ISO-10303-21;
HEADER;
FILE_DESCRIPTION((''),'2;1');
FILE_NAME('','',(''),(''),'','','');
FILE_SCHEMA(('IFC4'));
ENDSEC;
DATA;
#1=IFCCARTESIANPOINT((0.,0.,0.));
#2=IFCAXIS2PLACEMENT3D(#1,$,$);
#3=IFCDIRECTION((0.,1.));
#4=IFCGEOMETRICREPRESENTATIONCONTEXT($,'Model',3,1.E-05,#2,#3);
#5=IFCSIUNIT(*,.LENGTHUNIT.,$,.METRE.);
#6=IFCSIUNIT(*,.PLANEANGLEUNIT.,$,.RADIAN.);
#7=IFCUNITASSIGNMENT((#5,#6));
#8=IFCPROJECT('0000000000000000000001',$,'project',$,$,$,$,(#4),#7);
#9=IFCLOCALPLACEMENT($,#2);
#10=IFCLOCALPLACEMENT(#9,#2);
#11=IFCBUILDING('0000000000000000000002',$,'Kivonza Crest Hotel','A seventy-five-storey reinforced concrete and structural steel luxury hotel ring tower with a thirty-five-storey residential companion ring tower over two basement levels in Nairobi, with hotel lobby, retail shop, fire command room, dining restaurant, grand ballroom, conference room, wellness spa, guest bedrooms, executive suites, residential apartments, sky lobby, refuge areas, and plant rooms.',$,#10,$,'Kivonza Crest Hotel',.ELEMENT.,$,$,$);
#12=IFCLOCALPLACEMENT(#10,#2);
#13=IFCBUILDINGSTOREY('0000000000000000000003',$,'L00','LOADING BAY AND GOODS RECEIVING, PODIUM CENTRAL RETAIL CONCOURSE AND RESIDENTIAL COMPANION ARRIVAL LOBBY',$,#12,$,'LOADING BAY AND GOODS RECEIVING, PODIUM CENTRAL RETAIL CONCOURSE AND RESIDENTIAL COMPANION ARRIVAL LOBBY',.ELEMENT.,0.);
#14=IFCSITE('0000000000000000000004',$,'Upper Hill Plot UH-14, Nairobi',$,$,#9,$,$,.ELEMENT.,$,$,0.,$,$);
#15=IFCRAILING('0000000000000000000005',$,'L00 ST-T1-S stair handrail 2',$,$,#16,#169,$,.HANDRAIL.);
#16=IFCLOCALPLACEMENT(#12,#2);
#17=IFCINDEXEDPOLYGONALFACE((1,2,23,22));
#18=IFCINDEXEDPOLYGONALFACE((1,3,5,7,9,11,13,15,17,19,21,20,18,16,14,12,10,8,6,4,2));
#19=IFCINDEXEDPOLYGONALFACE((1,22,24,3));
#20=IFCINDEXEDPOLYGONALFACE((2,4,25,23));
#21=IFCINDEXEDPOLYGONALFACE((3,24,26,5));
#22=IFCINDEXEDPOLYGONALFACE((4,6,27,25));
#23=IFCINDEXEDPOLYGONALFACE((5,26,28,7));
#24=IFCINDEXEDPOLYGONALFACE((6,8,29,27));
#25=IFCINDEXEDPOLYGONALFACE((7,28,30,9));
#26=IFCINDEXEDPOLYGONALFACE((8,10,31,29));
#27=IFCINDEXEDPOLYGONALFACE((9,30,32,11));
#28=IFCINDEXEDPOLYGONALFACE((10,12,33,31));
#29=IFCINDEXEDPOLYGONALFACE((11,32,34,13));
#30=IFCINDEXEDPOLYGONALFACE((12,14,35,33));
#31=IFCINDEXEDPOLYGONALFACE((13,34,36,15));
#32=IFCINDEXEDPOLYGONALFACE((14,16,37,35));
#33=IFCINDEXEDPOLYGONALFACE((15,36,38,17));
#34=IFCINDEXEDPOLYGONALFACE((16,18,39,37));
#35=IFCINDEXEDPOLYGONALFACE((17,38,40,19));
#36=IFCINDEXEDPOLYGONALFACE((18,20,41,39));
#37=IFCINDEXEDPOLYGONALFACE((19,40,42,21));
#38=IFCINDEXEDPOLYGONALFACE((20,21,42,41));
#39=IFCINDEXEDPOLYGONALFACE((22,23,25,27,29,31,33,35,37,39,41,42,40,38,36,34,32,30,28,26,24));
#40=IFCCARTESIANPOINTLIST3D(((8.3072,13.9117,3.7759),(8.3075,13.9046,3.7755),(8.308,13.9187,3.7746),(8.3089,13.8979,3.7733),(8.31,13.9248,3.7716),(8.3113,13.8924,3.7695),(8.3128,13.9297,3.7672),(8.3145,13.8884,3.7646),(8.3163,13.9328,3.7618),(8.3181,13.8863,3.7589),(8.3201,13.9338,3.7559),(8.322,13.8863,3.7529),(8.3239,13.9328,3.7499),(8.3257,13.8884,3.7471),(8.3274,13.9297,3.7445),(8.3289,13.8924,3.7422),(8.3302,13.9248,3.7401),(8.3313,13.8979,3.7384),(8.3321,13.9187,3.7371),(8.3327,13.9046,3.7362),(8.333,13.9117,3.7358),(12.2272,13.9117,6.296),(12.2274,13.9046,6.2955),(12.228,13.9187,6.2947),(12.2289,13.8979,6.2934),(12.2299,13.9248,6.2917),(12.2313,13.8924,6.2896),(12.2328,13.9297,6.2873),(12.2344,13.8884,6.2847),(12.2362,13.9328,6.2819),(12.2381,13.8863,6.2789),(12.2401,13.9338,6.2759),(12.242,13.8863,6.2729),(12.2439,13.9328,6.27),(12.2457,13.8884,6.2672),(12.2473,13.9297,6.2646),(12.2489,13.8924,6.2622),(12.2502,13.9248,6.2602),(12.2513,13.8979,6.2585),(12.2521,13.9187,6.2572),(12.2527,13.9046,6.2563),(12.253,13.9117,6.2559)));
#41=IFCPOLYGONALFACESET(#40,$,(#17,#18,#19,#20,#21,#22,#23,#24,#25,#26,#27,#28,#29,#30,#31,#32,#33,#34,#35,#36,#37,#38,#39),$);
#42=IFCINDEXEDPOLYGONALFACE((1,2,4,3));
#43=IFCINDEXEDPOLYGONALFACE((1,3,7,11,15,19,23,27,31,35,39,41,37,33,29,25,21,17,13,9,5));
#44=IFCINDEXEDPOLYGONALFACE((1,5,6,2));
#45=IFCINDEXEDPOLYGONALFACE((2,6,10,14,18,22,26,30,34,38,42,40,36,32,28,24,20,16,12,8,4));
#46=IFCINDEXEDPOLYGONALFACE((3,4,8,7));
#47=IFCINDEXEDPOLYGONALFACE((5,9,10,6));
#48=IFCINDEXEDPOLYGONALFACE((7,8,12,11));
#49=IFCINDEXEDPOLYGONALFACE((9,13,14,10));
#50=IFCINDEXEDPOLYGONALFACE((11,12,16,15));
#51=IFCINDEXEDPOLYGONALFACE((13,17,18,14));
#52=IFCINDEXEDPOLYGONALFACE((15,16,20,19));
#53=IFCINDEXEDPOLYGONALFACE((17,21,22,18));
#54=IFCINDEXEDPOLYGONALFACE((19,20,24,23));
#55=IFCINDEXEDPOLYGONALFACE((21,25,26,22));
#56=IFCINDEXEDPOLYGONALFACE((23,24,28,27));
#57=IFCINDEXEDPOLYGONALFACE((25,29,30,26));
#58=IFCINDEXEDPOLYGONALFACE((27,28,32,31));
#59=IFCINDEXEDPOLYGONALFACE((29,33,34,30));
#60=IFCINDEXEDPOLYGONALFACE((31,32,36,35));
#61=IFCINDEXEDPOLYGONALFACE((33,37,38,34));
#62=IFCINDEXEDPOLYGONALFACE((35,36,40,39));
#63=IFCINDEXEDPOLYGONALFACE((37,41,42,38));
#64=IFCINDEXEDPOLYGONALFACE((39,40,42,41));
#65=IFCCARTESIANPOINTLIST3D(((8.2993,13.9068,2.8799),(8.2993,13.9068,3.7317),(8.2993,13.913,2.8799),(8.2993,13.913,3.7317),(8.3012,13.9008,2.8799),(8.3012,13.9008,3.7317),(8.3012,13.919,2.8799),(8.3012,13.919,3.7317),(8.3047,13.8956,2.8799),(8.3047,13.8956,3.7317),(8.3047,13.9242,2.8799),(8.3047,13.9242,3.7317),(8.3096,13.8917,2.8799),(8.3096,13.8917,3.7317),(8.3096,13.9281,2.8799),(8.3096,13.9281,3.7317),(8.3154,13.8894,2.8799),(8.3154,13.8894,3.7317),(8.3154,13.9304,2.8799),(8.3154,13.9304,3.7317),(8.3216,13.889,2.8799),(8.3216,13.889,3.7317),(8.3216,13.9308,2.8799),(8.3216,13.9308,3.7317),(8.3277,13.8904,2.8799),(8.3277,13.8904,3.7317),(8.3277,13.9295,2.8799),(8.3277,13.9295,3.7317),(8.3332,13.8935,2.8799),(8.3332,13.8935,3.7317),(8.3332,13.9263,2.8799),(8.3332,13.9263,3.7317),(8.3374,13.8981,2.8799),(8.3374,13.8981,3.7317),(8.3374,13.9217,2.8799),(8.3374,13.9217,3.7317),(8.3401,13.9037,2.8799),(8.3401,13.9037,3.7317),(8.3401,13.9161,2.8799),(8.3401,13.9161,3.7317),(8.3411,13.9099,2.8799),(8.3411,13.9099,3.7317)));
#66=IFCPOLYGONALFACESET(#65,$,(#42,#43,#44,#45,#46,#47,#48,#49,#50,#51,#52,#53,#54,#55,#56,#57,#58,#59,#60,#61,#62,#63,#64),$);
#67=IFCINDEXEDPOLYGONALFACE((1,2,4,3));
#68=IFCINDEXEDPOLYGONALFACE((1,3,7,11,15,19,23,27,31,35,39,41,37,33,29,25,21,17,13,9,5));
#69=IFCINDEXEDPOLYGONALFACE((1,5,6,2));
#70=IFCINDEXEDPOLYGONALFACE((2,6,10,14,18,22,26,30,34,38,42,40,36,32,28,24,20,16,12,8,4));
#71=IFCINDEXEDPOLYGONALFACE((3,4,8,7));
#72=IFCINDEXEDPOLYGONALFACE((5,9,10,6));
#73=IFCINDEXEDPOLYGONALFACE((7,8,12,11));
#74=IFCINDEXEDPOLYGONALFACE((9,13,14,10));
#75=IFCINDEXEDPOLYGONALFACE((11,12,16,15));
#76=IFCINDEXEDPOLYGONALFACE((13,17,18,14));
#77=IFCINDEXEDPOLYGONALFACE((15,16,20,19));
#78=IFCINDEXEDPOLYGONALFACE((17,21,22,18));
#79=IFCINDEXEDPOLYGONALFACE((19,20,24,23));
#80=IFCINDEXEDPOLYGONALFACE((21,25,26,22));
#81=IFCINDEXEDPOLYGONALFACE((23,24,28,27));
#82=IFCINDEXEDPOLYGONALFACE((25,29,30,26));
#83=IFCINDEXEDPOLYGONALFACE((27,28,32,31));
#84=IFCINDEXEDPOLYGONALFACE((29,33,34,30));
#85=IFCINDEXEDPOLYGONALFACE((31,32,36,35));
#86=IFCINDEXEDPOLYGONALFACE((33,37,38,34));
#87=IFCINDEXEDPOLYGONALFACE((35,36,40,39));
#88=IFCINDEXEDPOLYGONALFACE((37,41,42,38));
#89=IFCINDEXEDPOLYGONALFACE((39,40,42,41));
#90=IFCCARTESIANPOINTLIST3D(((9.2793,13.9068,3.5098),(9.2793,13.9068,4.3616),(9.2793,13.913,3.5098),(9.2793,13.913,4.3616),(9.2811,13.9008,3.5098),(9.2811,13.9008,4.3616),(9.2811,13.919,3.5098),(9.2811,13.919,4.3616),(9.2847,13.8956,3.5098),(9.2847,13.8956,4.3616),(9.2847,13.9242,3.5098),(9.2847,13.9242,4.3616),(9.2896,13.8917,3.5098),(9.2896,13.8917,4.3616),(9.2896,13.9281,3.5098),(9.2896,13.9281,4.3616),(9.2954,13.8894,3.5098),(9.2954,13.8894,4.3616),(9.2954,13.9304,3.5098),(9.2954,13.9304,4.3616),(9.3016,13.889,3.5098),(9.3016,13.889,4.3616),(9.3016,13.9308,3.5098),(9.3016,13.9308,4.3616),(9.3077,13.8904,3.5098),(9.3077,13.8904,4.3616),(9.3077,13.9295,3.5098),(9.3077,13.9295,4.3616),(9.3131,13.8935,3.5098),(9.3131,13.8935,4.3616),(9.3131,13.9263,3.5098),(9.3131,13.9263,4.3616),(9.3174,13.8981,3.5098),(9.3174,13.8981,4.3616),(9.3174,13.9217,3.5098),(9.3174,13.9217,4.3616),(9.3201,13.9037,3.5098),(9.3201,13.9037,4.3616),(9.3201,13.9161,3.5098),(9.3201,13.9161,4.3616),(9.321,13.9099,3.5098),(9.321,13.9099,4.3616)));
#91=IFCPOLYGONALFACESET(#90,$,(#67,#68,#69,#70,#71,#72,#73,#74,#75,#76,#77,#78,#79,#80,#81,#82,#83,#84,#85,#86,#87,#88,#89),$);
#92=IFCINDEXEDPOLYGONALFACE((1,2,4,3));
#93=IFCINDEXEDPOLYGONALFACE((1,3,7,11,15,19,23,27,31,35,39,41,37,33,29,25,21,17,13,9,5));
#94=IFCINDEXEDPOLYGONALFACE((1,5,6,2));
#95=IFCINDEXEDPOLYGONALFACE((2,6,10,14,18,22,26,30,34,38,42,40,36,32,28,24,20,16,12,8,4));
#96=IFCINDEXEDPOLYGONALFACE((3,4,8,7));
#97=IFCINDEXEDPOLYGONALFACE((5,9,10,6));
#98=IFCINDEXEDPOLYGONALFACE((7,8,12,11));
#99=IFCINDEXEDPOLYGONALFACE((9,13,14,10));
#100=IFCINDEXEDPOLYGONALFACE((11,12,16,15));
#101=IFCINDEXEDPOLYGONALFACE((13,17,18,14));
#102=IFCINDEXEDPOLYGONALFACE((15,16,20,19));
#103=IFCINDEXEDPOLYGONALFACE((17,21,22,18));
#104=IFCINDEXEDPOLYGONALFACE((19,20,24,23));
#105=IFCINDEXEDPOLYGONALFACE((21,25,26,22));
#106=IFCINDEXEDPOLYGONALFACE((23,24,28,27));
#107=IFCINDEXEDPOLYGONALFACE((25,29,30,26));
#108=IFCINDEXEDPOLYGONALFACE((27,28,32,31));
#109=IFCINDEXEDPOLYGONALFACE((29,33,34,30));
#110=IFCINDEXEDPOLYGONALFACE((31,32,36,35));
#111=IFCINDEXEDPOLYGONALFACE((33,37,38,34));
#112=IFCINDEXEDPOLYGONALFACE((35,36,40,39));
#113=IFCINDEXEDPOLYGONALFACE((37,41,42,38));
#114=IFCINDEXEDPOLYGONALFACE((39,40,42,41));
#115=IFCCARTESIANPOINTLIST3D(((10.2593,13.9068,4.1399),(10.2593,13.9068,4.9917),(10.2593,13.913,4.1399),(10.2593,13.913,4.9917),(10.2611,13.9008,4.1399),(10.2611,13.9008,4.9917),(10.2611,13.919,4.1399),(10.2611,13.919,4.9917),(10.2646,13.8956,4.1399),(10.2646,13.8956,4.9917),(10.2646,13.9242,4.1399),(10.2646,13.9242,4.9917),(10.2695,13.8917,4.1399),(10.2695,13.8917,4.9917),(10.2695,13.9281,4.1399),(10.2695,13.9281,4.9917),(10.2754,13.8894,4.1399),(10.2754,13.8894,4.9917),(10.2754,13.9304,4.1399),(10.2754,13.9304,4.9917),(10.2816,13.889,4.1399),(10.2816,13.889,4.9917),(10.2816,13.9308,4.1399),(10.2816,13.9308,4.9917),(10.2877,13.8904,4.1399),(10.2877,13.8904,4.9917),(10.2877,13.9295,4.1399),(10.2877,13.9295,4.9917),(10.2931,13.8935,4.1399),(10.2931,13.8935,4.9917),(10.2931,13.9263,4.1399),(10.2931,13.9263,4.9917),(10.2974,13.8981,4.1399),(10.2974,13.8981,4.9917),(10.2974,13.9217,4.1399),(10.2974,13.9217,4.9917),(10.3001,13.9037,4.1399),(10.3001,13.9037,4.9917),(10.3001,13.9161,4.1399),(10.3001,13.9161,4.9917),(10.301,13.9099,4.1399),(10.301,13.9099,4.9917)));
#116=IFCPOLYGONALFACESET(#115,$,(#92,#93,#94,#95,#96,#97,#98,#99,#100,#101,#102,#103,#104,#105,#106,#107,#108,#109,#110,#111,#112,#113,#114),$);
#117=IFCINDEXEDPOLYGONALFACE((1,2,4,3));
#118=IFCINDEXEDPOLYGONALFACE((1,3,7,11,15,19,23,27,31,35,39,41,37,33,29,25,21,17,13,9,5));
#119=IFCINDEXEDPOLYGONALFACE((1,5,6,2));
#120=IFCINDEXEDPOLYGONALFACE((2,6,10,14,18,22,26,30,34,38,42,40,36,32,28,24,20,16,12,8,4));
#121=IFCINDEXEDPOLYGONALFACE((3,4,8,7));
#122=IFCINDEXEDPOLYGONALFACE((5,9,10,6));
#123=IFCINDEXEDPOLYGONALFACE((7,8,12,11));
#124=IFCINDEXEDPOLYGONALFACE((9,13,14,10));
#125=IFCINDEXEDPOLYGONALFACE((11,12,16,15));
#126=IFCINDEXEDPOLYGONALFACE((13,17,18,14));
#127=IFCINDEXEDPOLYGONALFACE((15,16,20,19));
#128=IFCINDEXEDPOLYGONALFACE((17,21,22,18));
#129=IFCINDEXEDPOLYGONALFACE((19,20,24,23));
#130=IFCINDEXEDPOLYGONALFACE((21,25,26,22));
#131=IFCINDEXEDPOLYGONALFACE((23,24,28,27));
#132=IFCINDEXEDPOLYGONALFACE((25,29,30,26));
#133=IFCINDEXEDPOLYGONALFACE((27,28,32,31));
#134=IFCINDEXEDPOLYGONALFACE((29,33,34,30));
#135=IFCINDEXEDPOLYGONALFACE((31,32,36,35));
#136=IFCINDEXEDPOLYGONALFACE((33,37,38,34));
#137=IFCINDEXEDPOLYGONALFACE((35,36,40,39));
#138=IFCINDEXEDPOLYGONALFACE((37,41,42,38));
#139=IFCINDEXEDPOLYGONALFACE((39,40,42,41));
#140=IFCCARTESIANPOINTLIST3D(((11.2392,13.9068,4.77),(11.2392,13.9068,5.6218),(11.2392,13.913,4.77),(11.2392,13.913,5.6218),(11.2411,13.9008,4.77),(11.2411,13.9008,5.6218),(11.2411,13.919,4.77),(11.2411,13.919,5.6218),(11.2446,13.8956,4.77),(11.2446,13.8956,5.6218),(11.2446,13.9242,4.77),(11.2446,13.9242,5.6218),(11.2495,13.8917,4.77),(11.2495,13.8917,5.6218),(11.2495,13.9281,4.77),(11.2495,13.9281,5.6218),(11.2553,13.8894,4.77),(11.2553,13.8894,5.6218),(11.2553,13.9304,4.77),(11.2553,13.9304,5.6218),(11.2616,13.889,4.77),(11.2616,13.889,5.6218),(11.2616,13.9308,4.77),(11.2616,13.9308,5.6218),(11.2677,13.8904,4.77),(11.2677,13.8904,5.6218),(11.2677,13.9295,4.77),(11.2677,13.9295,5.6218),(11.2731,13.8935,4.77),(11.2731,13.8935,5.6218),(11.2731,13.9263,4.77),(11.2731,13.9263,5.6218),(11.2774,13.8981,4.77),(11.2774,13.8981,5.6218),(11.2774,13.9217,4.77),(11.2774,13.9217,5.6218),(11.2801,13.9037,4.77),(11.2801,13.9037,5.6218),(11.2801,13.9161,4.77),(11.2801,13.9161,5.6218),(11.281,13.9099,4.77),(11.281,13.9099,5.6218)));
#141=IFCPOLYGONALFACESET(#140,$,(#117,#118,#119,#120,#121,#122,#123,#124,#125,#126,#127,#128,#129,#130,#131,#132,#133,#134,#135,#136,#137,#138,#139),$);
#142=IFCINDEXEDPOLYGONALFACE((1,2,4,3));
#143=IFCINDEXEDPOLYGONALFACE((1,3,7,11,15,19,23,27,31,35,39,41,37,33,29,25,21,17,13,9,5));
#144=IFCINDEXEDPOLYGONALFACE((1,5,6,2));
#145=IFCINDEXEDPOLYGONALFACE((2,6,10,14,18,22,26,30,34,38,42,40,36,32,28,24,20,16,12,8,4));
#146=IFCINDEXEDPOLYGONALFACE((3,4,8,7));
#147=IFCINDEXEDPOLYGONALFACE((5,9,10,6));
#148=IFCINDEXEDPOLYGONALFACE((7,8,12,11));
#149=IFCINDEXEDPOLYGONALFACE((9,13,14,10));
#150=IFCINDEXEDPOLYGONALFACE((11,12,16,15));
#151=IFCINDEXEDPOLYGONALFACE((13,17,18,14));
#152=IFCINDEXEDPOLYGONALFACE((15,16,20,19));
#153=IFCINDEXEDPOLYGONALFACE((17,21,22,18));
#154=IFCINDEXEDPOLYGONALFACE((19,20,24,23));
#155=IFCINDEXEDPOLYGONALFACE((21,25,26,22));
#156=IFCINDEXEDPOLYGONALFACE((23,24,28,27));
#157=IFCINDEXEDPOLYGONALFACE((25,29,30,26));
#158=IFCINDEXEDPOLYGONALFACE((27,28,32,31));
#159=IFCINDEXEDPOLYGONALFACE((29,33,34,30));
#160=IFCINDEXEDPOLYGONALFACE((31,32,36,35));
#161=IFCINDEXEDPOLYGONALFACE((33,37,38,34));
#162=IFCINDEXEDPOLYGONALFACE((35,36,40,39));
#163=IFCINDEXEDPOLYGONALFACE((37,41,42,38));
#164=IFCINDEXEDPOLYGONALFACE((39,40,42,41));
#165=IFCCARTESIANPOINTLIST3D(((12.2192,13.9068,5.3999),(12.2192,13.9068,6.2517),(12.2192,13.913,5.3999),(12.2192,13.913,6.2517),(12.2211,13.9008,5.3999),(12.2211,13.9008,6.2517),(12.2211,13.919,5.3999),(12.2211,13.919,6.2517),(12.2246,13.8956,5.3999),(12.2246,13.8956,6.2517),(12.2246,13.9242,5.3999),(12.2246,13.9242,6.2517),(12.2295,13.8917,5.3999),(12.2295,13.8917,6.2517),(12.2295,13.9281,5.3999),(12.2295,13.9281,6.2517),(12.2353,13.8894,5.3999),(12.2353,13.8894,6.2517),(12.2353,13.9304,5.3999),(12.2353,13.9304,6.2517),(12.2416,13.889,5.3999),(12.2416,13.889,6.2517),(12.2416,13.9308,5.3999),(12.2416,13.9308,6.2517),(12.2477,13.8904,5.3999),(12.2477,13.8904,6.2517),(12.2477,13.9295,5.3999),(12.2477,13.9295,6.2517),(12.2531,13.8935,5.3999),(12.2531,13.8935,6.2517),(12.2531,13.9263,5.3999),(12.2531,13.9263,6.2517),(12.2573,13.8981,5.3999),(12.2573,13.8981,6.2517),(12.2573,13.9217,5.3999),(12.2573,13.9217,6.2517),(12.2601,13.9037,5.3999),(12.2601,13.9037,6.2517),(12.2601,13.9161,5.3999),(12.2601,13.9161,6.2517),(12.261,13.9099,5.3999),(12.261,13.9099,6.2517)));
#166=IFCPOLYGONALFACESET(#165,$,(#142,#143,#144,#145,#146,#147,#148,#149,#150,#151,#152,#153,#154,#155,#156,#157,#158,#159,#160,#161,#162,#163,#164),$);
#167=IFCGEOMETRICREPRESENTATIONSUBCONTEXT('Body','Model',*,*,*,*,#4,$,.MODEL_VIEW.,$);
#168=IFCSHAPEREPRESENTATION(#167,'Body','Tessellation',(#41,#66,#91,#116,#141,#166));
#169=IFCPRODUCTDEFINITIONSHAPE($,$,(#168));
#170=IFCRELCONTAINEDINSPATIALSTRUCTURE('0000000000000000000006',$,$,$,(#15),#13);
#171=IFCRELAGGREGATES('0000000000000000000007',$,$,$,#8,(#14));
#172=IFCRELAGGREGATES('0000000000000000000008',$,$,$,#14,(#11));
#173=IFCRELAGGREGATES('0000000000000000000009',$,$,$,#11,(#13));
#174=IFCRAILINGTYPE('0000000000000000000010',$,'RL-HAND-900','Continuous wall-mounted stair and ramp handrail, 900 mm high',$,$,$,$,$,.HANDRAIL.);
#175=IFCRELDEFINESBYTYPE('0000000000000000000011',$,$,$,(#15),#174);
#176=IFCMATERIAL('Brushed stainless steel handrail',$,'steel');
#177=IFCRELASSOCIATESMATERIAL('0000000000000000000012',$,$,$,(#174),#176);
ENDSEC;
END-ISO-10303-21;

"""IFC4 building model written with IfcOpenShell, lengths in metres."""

from ifc_helpers import new_model, si_unit, direction, frame, origin, origin_2d, place, context, subcontext, project, spatial, circle, extrude, material, type_object, element, save


model = new_model("IFC4")

# Units and contexts
model_context = context("Model", 3, precision=1e-05, world=origin(), true_north=direction((0.0, 1.0)))
body_context = subcontext(model_context, "Body", "Model", "MODEL_VIEW")
ifc_project = project(units=[si_unit("LENGTHUNIT", "METRE"), si_unit("PLANEANGLEUNIT", "RADIAN")], contexts=[model_context])

# Site, building, storey
site_placement = place(None, origin())
site = spatial("IfcSite", under=ifc_project, at=site_placement, Name="Upper Hill Plot UH-14, Nairobi", CompositionType="ELEMENT", RefElevation=0.0)
building_placement = place(site_placement, origin())
building = spatial("IfcBuilding", under=site, at=building_placement, Name="Kivonza Crest Hotel", Description="A seventy-five-storey reinforced concrete and structural steel luxury hotel ring tower with a thirty-five-storey residential companion ring tower over two basement levels in Nairobi, with hotel lobby, retail shop, fire command room, dining restaurant, grand ballroom, conference room, wellness spa, guest bedrooms, executive suites, residential apartments, sky lobby, refuge areas, and plant rooms.", LongName="Kivonza Crest Hotel", CompositionType="ELEMENT")
storey_placement = place(building_placement, origin())
storey = spatial("IfcBuildingStorey", under=building, at=storey_placement, Name="L00", Description="LOADING BAY AND GOODS RECEIVING, PODIUM CENTRAL RETAIL CONCOURSE AND RESIDENTIAL COMPANION ARRIVAL LOBBY", LongName="LOADING BAY AND GOODS RECEIVING, PODIUM CENTRAL RETAIL CONCOURSE AND RESIDENTIAL COMPANION ARRIVAL LOBBY", CompositionType="ELEMENT", Elevation=0.0)

# Railing
ifc_material_1 = material(Name="Brushed stainless steel handrail", Category="steel")
railing_type_1 = type_object("IfcRailingType", Name="RL-HAND-900", Description="Continuous wall-mounted stair and ramp handrail, 900 mm high", PredefinedType="HANDRAIL", material=ifc_material_1)
railing_1_placement = place(storey_placement, frame((8.3201, 13.9099, 2.8799)))
element("IfcRailing", 1, at=railing_1_placement, inside=storey, type_object=railing_type_1, Name="L00 ST-T1-S stair handrail 2", PredefinedType="HANDRAIL", context=body_context, shape_type="SweptSolid", body=[
    extrude(circle(Radius=0.0239, at=origin_2d()), frame((0.0, 0.0, 0.876), z_axis=(0.841172, 0.0, 0.540768), x_axis=(0.0, 1.0, 0.0)), (0.0, 0.0, 1.0), 4.6602),
    extrude(circle(Radius=0.021, at=origin_2d()), origin(), (0.0, 0.0, 1.0), 0.8518),
    extrude(circle(Radius=0.021, at=origin_2d()), frame((0.98, 0.0, 0.6299)), (0.0, 0.0, 1.0), 0.8518),
    extrude(circle(Radius=0.021, at=origin_2d()), frame((1.96, 0.0, 1.26)), (0.0, 0.0, 1.0), 0.8518),
    extrude(circle(Radius=0.021, at=origin_2d()), frame((2.9399, 0.0, 1.8901)), (0.0, 0.0, 1.0), 0.8518),
    extrude(circle(Radius=0.021, at=origin_2d()), frame((3.9199, 0.0, 2.52)), (0.0, 0.0, 1.0), 0.8518),
])

save(model, "model.ifc")
